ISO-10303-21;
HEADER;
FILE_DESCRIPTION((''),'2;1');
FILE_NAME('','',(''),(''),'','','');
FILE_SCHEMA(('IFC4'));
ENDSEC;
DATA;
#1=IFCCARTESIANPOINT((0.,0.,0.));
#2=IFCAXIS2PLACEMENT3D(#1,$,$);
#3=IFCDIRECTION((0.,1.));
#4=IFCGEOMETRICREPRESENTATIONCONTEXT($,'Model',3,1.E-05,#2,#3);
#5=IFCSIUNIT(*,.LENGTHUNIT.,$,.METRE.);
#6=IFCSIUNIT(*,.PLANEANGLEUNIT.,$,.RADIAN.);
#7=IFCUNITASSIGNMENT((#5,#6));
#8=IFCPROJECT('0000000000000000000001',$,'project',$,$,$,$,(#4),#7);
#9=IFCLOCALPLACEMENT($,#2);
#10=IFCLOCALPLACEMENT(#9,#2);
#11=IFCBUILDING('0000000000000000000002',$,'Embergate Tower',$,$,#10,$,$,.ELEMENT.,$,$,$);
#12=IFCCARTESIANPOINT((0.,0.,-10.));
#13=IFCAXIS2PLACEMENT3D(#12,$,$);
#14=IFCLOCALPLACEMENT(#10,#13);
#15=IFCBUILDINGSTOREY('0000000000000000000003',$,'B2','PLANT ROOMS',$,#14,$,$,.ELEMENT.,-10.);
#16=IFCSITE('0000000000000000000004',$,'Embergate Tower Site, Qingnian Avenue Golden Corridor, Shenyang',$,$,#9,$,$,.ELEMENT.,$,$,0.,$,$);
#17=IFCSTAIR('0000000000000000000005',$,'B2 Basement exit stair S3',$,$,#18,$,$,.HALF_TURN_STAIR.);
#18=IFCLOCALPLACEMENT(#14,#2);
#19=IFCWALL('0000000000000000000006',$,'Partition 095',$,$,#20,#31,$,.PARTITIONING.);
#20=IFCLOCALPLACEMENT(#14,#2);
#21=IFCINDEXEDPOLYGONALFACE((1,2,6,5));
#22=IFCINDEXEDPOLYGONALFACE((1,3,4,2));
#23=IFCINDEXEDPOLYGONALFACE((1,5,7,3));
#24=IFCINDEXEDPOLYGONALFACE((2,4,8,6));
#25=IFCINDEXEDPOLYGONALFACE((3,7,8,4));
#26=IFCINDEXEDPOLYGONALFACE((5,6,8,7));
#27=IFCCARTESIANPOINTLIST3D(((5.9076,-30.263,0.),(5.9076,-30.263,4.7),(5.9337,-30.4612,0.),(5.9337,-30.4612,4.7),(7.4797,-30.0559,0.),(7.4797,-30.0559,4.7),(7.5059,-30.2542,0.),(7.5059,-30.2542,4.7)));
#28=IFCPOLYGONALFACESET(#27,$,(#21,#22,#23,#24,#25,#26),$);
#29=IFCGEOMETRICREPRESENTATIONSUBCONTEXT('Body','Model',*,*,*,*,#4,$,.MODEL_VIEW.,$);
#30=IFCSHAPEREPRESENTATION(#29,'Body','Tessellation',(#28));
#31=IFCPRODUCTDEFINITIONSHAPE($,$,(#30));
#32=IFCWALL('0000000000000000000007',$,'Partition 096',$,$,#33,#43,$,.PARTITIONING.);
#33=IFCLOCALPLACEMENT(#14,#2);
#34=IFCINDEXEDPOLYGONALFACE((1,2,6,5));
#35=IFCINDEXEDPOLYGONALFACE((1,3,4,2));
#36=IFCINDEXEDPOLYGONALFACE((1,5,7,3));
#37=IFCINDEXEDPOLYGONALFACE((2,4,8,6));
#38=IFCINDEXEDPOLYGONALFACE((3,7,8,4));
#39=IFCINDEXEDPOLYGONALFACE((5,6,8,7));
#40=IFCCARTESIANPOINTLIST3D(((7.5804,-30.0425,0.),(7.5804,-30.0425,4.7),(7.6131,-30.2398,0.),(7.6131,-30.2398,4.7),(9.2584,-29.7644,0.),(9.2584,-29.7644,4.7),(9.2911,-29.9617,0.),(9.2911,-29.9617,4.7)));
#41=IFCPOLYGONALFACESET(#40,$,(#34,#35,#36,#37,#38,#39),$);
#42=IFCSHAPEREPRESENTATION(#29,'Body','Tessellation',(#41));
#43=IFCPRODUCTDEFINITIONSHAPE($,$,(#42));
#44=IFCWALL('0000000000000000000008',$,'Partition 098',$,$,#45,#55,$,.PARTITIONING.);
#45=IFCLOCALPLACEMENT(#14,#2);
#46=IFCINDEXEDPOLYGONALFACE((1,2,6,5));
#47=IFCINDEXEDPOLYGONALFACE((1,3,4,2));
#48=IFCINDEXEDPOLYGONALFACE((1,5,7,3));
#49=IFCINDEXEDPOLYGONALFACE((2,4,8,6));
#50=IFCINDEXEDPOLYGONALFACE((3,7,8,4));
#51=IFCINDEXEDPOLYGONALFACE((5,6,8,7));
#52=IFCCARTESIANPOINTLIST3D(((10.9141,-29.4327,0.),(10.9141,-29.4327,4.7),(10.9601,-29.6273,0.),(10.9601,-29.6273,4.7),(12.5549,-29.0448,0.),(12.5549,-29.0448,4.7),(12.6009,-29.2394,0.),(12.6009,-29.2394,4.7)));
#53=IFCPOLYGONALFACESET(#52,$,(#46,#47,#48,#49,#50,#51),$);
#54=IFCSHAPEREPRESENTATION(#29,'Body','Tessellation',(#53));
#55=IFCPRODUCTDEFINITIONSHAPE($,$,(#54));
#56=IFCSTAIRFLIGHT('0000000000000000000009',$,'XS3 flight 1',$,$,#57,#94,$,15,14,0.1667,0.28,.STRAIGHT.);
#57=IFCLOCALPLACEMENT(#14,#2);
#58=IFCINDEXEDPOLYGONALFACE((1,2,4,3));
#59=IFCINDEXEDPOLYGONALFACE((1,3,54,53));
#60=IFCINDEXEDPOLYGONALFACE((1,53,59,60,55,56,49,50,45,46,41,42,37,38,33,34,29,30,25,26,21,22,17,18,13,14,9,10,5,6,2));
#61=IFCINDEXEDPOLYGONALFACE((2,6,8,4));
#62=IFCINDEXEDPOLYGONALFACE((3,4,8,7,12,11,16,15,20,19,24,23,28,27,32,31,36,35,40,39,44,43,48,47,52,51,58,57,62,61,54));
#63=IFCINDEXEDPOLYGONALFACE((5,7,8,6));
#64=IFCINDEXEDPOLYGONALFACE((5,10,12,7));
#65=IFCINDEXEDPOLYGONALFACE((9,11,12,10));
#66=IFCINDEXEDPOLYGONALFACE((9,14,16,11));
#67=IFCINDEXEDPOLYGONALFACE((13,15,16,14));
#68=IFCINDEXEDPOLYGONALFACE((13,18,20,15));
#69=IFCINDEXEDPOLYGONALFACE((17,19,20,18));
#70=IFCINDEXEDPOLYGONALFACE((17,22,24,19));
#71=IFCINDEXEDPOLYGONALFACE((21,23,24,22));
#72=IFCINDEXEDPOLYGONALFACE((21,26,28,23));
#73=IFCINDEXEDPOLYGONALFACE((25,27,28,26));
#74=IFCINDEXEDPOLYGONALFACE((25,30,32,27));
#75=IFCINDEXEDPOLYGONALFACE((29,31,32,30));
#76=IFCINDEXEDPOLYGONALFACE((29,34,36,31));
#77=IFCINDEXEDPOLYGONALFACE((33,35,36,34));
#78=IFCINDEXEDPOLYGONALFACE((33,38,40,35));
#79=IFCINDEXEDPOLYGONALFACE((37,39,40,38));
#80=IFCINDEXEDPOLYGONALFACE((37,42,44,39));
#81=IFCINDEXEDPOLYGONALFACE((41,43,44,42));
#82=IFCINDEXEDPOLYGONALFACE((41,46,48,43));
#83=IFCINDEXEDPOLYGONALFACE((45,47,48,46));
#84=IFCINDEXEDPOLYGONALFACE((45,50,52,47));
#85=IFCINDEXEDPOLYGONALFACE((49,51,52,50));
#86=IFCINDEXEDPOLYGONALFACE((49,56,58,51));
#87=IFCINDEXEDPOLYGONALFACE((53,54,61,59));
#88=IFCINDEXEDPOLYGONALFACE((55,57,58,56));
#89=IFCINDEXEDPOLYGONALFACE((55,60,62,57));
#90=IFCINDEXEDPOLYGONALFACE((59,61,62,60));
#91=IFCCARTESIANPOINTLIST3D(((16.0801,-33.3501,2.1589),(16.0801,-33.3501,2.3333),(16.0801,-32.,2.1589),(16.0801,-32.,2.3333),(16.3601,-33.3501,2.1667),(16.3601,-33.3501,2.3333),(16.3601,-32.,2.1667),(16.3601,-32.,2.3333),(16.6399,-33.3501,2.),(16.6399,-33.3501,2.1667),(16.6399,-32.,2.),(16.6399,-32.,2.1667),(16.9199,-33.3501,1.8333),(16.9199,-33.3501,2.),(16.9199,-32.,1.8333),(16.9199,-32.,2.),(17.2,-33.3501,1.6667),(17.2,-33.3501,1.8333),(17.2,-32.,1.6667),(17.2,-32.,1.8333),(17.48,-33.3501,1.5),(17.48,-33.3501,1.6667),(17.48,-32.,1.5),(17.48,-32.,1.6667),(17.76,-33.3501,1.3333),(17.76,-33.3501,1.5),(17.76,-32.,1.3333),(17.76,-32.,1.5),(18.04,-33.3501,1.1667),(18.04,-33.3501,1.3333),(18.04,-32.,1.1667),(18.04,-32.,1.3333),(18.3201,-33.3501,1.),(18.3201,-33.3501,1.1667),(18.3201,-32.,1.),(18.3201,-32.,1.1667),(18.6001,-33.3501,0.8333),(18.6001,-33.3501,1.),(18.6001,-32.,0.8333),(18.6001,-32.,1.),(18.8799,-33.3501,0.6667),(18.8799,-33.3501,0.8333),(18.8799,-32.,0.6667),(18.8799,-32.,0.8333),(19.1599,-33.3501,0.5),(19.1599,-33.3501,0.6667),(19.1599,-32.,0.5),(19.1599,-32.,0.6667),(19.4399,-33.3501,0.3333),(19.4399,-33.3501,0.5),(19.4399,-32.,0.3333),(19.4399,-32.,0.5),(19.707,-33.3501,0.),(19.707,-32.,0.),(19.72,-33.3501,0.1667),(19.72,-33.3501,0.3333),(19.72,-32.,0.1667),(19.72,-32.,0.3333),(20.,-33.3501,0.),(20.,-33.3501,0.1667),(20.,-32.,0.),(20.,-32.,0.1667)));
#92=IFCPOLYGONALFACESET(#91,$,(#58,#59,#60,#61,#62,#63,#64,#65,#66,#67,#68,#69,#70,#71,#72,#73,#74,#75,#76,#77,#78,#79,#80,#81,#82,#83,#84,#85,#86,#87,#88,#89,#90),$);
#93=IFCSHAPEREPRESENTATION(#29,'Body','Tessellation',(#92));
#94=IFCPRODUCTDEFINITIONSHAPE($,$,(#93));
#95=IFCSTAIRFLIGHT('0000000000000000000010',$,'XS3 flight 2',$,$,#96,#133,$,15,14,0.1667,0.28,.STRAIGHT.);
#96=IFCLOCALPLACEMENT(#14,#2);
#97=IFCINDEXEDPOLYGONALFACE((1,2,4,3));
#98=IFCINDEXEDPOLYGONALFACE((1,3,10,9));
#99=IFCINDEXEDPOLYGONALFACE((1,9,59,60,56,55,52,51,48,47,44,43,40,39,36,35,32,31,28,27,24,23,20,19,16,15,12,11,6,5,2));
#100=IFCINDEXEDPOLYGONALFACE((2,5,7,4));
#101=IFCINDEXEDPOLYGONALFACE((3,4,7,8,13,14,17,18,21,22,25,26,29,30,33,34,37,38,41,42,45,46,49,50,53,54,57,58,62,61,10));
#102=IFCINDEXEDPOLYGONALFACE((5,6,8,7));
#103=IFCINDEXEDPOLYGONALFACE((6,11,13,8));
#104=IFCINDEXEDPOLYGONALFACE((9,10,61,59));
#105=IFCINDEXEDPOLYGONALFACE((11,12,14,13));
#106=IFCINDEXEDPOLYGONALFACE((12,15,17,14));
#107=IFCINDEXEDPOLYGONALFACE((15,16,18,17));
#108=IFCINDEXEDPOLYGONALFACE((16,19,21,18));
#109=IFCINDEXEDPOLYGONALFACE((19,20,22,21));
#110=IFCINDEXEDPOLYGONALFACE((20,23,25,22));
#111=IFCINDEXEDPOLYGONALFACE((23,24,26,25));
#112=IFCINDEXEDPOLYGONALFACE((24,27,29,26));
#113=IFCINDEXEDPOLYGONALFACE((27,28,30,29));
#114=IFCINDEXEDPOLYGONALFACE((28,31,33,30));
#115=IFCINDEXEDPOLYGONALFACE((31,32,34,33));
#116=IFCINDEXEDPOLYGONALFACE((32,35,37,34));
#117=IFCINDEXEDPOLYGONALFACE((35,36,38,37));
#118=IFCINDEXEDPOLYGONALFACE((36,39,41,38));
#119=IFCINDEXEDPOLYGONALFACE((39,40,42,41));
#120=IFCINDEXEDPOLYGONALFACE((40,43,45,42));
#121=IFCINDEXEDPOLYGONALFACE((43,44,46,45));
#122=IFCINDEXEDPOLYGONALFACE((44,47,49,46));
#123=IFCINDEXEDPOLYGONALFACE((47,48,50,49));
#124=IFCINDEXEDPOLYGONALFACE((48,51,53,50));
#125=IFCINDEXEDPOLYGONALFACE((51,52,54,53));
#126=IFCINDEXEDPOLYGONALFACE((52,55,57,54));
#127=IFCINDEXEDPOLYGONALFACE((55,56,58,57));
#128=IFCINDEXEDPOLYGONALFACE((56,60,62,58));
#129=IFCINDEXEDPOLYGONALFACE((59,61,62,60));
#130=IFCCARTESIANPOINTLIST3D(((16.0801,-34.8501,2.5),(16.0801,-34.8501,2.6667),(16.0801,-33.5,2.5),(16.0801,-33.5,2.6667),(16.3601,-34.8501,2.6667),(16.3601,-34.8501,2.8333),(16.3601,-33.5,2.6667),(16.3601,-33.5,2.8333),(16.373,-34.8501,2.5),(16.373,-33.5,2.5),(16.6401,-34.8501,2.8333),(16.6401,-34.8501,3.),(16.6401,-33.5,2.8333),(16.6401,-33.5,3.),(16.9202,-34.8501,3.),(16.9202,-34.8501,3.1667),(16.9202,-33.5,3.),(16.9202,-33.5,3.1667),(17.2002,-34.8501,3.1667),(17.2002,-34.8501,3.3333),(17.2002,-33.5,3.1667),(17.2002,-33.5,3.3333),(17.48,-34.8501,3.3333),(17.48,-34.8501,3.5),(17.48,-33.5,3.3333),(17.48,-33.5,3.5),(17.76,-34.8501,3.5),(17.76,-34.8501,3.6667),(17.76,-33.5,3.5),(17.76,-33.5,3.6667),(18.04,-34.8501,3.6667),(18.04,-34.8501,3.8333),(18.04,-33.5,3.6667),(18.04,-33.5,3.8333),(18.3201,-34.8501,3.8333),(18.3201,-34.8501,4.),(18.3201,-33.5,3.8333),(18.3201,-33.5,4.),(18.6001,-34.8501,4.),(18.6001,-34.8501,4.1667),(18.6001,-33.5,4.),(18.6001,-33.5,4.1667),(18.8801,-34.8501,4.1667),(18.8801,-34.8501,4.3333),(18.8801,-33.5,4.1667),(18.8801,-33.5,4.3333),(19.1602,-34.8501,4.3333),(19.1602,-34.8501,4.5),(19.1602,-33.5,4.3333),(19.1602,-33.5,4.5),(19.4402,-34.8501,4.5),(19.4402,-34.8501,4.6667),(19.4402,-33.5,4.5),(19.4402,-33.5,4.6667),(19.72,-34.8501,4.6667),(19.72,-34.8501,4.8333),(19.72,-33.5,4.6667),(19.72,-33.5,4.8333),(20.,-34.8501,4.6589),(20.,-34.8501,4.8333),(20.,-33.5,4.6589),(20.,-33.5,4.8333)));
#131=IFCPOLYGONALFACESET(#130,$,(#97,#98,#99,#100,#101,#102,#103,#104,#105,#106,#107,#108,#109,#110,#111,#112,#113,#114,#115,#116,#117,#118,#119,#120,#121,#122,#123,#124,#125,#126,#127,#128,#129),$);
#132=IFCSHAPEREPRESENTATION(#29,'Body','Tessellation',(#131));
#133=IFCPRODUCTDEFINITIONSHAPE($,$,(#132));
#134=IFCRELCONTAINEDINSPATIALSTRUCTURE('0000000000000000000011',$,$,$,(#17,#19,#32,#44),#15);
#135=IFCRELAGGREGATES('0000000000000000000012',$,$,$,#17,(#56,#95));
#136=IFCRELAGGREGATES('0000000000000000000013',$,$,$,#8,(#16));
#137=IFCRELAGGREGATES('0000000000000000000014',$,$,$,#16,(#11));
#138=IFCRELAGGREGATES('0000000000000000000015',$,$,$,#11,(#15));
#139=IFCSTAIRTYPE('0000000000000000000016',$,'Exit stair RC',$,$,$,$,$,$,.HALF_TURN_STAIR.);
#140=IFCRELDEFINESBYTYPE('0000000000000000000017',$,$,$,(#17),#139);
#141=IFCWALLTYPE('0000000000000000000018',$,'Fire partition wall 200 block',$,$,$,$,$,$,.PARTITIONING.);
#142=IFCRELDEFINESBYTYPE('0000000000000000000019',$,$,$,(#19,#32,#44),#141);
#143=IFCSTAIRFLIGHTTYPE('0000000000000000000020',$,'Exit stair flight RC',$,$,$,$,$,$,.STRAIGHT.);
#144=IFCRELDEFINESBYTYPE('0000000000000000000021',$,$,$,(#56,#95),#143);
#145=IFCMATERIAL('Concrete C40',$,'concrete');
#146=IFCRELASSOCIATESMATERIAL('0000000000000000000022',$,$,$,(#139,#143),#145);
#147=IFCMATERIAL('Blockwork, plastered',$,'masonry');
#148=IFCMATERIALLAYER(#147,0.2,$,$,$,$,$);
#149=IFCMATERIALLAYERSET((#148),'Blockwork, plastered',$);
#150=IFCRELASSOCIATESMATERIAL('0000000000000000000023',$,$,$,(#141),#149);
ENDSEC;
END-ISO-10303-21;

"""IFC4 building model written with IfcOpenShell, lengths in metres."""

from ifc_helpers import new_model, si_unit, direction, frame, frame_2d, origin, place, context, subcontext, project, spatial, polyline, rectangle, outline, extrude, source, transform, mapped, material, layer, layer_set, type_object, element, aggregate, save


model = new_model("IFC4")

# Units and contexts
model_context = context("Model", 3, precision=1e-05, world=origin(), true_north=direction((0.0, 1.0)))
body_context = subcontext(model_context, "Body", "Model", "MODEL_VIEW")
ifc_project = project(units=[si_unit("LENGTHUNIT", "METRE"), si_unit("PLANEANGLEUNIT", "RADIAN")], contexts=[model_context])

# Site, building, storey
site_placement = place(None, origin())
site = spatial("IfcSite", under=ifc_project, at=site_placement, Name="Embergate Tower Site, Qingnian Avenue Golden Corridor, Shenyang", CompositionType="ELEMENT", RefElevation=0.0)
building_placement = place(site_placement, origin())
building = spatial("IfcBuilding", under=site, at=building_placement, Name="Embergate Tower", CompositionType="ELEMENT")
storey_placement = place(building_placement, frame((0.0, 0.0, -10.0)))
storey = spatial("IfcBuildingStorey", under=building, at=storey_placement, Name="B2", Description="PLANT ROOMS", CompositionType="ELEMENT", Elevation=-10.0)

# Shared definitions
ifc_material_1 = material(Name="Concrete C40", Category="concrete")

# Stair
stair_type = type_object("IfcStairType", Name="Exit stair RC", PredefinedType="HALF_TURN_STAIR", material=ifc_material_1)
stair_placement = place(storey_placement, origin())
stair = element("IfcStair", 1, at=stair_placement, inside=storey, type_object=stair_type, Name="B2 Basement exit stair S3", PredefinedType="HALF_TURN_STAIR")

# Walls
ifc_material_2 = material(Name="Blockwork, plastered", Category="masonry")
ifc_layer_1 = layer(ifc_material_2, 0.2)
ifc_layer_set_1 = layer_set([ifc_layer_1], Name="Blockwork, plastered")
wall_type_1 = type_object("IfcWallType", Name="Fire partition wall 200 block", PredefinedType="PARTITIONING", material=ifc_layer_set_1)
shared_shape_1 = source(origin(), body_context, "Body", "SweptSolid", [
    extrude(rectangle(XDim=1.5857, YDim=0.2, at=frame_2d((0.793, 0.0))), origin(), (0.0, 0.0, 1.0), 4.7),
])
wall_1_placement = place(storey_placement, frame((7.4929, -30.155, 0.0), z_axis=(0.0, 0.0, 1.0), x_axis=(-0.991439, -0.13057, 0.0)))
element("IfcWall", 2, at=wall_1_placement, inside=storey, type_object=wall_type_1, Name="Partition 095", PredefinedType="PARTITIONING", context=body_context, shape_type="MappedRepresentation", body=[
    mapped(shared_shape_1, transform((0.0, 0.0, 0.0))),
])
shared_shape_2 = source(origin(), body_context, "Body", "SweptSolid", [
    extrude(rectangle(XDim=1.7009, YDim=0.2, at=frame_2d((0.8506, 0.0))), origin(), (0.0, 0.0, 1.0), 4.7),
])
wall_2_placement = place(storey_placement, frame((9.2749, -29.863, 0.0), z_axis=(0.0, 0.0, 1.0), x_axis=(-0.986545, -0.163491, 0.0)))
element("IfcWall", 3, at=wall_2_placement, inside=storey, type_object=wall_type_1, Name="Partition 096", PredefinedType="PARTITIONING", context=body_context, shape_type="MappedRepresentation", body=[
    mapped(shared_shape_2, transform((0.0, 0.0, 0.0))),
])
shared_shape_3 = source(origin(), body_context, "Body", "SweptSolid", [
    extrude(rectangle(XDim=1.686, YDim=0.2, at=frame_2d((0.843, 0.0))), origin(), (0.0, 0.0, 1.0), 4.7),
])
wall_3_placement = place(storey_placement, frame((12.5779, -29.1421, 0.0), z_axis=(0.0, 0.0, 1.0), x_axis=(-0.973172, -0.23008, 0.0)))
element("IfcWall", 4, at=wall_3_placement, inside=storey, type_object=wall_type_1, Name="Partition 098", PredefinedType="PARTITIONING", context=body_context, shape_type="MappedRepresentation", body=[
    mapped(shared_shape_3, transform((0.0, 0.0, 0.0))),
])

# Stair flights
stair_flight_type = type_object("IfcStairFlightType", Name="Exit stair flight RC", PredefinedType="STRAIGHT", material=ifc_material_1)
shared_shape_4 = source(origin(), body_context, "Body", "SweptSolid", [
    extrude(outline(polyline([(0.0, 0.0), (0.0, 0.1667), (0.28, 0.1667), (0.28, 0.3333), (0.5601, 0.3333), (0.5601, 0.5), (0.8401, 0.5), (0.8401, 0.6667), (1.1201, 0.6667), (1.1201, 0.8333), (1.3999, 0.8333), (1.3999, 1.0), (1.6799, 1.0), (1.6799, 1.1667), (1.96, 1.1667), (1.96, 1.3333), (2.24, 1.3333), (2.24, 1.5), (2.52, 1.5), (2.52, 1.6667), (2.8, 1.6667), (2.8, 1.8333), (3.0801, 1.8333), (3.0801, 2.0), (3.3601, 2.0), (3.3601, 2.1667), (3.6399, 2.1667), (3.6399, 2.3333), (3.9199, 2.3333), (3.9199, 2.5), (3.9199, 2.1589), (0.293, 0.0), (0.0, 0.0)])), frame((0.0, 0.675, 0.0), z_axis=(0.0, -1.0, 0.0), x_axis=(1.0, 0.0, 0.0)), (0.0, 0.0, 1.0), 1.3501),
])
stair_flight_1_placement = place(storey_placement, frame((20.0, -32.675, 0.0), z_axis=(0.0, 0.0, 1.0), x_axis=(-1.0, 0.0, 0.0)))
stair_flight_1 = element("IfcStairFlight", 5, at=stair_flight_1_placement, type_object=stair_flight_type, Name="XS3 flight 1", NumberOfRisers=15, NumberOfTreads=14, PredefinedType="STRAIGHT", RiserHeight=0.1667, TreadLength=0.28, context=body_context, shape_type="MappedRepresentation", body=[
    mapped(shared_shape_4, transform((0.0, 0.0, 0.0))),
])
stair_flight_2_placement = place(storey_placement, frame((16.0801, -34.175, 2.5), z_axis=(0.0, 0.0, 1.0), x_axis=(1.0, 0.0, 0.0)))
stair_flight_2 = element("IfcStairFlight", 6, at=stair_flight_2_placement, type_object=stair_flight_type, Name="XS3 flight 2", NumberOfRisers=15, NumberOfTreads=14, PredefinedType="STRAIGHT", RiserHeight=0.1667, TreadLength=0.28, context=body_context, shape_type="MappedRepresentation", body=[
    mapped(shared_shape_4, transform((0.0, 0.0, 0.0))),
])
aggregate(stair, [stair_flight_1, stair_flight_2])

save(model, "model.ifc")
